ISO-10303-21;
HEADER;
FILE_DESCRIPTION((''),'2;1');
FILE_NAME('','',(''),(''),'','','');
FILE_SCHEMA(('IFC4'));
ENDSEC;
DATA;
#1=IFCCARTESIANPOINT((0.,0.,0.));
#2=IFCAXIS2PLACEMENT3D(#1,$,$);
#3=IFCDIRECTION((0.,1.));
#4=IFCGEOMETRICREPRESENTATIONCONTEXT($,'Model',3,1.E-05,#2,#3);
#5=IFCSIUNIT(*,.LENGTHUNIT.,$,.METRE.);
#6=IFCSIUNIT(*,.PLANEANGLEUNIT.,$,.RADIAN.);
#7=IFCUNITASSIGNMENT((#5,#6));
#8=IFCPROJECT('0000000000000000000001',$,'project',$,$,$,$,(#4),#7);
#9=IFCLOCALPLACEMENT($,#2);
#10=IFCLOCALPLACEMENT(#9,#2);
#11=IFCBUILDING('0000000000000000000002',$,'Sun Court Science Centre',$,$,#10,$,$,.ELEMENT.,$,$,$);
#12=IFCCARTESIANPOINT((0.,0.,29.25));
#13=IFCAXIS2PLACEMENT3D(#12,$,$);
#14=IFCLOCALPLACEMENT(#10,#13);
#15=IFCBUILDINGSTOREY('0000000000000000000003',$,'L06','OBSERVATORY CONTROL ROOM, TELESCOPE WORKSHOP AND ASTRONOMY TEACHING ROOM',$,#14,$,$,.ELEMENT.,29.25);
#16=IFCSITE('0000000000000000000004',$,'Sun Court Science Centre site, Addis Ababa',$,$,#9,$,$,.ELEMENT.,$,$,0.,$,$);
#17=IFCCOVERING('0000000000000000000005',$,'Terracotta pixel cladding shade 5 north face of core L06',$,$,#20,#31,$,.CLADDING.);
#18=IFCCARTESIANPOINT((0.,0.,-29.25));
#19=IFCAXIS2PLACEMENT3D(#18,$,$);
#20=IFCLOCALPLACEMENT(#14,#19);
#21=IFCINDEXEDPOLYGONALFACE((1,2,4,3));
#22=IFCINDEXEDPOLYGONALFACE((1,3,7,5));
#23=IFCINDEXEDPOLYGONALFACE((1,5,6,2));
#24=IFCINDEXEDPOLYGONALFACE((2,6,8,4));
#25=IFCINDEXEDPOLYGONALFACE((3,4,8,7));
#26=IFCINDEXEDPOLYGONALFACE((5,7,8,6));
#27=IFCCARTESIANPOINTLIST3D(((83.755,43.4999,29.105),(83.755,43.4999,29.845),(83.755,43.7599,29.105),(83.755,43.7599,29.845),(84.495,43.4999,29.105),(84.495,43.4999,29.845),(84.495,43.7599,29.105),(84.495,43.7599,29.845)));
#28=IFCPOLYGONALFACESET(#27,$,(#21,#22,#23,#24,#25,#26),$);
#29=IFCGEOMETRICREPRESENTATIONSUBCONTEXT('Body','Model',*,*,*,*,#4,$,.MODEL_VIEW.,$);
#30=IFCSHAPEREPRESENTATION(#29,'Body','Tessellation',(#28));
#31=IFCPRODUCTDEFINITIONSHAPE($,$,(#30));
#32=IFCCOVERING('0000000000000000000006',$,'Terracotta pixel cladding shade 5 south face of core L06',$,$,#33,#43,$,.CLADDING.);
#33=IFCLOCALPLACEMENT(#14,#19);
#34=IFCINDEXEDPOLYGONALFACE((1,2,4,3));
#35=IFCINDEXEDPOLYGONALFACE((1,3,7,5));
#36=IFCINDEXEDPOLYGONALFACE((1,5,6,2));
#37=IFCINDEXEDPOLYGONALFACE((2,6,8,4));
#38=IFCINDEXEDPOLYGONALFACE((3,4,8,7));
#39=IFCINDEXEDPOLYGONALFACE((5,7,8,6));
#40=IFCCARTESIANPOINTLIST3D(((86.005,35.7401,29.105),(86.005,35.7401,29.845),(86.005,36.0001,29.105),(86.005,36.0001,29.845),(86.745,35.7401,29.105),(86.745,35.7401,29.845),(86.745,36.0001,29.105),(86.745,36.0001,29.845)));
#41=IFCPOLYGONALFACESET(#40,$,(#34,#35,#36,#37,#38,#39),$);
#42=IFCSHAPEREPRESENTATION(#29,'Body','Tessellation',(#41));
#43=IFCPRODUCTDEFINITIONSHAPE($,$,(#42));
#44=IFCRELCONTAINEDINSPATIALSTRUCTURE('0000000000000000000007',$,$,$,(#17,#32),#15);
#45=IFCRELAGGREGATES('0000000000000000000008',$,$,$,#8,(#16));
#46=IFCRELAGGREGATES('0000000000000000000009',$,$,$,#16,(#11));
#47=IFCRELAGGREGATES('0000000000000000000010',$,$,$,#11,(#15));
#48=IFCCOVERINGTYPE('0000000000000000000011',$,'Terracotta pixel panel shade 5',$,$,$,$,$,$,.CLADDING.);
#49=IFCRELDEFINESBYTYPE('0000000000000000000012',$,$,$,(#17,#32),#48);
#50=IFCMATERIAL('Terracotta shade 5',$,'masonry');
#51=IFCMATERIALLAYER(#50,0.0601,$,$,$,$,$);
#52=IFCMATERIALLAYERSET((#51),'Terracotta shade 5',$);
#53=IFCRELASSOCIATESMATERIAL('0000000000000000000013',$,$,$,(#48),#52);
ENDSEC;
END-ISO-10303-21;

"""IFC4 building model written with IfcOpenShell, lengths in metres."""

from ifc_helpers import new_model, si_unit, direction, frame, origin, origin_2d, place, context, subcontext, project, spatial, rectangle, extrude, material, layer, layer_set, type_object, element, save


model = new_model("IFC4")

# Units and contexts
model_context = context("Model", 3, precision=1e-05, world=origin(), true_north=direction((0.0, 1.0)))
body_context = subcontext(model_context, "Body", "Model", "MODEL_VIEW")
ifc_project = project(units=[si_unit("LENGTHUNIT", "METRE"), si_unit("PLANEANGLEUNIT", "RADIAN")], contexts=[model_context])

# Site, building, storey
site_placement = place(None, origin())
site = spatial("IfcSite", under=ifc_project, at=site_placement, Name="Sun Court Science Centre site, Addis Ababa", CompositionType="ELEMENT", RefElevation=0.0)
building_placement = place(site_placement, origin())
building = spatial("IfcBuilding", under=site, at=building_placement, Name="Sun Court Science Centre", CompositionType="ELEMENT")
storey_placement = place(building_placement, frame((0.0, 0.0, 29.25)))
storey = spatial("IfcBuildingStorey", under=building, at=storey_placement, Name="L06", Description="OBSERVATORY CONTROL ROOM, TELESCOPE WORKSHOP AND ASTRONOMY TEACHING ROOM", CompositionType="ELEMENT", Elevation=29.25)

# Coverings
ifc_material_1 = material(Name="Terracotta shade 5", Category="masonry")
ifc_layer_1 = layer(ifc_material_1, 0.0601)
ifc_layer_set_1 = layer_set([ifc_layer_1], Name="Terracotta shade 5")
covering_type_1 = type_object("IfcCoveringType", Name="Terracotta pixel panel shade 5", PredefinedType="CLADDING", material=ifc_layer_set_1)
covering_1_placement = place(storey_placement, frame((0.0, 0.0, -29.25)))
element("IfcCovering", 1, at=covering_1_placement, inside=storey, type_object=covering_type_1, Name="Terracotta pixel cladding shade 5 north face of core L06", PredefinedType="CLADDING", context=body_context, shape_type="SweptSolid", body=[
    extrude(rectangle(XDim=0.74, YDim=0.26, at=origin_2d()), frame((84.125, 43.6299, 29.105), z_axis=(0.0, 0.0, 1.0), x_axis=(1.0, 0.0, 0.0)), (0.0, 0.0, 1.0), 0.74),
])
covering_2_placement = place(storey_placement, frame((0.0, 0.0, -29.25)))
element("IfcCovering", 2, at=covering_2_placement, inside=storey, type_object=covering_type_1, Name="Terracotta pixel cladding shade 5 south face of core L06", PredefinedType="CLADDING", context=body_context, shape_type="SweptSolid", body=[
    extrude(rectangle(XDim=0.74, YDim=0.26, at=origin_2d()), frame((86.375, 35.8701, 29.105), z_axis=(0.0, 0.0, 1.0), x_axis=(-1.0, 0.0, 0.0)), (0.0, 0.0, 1.0), 0.74),
])

save(model, "model.ifc")
